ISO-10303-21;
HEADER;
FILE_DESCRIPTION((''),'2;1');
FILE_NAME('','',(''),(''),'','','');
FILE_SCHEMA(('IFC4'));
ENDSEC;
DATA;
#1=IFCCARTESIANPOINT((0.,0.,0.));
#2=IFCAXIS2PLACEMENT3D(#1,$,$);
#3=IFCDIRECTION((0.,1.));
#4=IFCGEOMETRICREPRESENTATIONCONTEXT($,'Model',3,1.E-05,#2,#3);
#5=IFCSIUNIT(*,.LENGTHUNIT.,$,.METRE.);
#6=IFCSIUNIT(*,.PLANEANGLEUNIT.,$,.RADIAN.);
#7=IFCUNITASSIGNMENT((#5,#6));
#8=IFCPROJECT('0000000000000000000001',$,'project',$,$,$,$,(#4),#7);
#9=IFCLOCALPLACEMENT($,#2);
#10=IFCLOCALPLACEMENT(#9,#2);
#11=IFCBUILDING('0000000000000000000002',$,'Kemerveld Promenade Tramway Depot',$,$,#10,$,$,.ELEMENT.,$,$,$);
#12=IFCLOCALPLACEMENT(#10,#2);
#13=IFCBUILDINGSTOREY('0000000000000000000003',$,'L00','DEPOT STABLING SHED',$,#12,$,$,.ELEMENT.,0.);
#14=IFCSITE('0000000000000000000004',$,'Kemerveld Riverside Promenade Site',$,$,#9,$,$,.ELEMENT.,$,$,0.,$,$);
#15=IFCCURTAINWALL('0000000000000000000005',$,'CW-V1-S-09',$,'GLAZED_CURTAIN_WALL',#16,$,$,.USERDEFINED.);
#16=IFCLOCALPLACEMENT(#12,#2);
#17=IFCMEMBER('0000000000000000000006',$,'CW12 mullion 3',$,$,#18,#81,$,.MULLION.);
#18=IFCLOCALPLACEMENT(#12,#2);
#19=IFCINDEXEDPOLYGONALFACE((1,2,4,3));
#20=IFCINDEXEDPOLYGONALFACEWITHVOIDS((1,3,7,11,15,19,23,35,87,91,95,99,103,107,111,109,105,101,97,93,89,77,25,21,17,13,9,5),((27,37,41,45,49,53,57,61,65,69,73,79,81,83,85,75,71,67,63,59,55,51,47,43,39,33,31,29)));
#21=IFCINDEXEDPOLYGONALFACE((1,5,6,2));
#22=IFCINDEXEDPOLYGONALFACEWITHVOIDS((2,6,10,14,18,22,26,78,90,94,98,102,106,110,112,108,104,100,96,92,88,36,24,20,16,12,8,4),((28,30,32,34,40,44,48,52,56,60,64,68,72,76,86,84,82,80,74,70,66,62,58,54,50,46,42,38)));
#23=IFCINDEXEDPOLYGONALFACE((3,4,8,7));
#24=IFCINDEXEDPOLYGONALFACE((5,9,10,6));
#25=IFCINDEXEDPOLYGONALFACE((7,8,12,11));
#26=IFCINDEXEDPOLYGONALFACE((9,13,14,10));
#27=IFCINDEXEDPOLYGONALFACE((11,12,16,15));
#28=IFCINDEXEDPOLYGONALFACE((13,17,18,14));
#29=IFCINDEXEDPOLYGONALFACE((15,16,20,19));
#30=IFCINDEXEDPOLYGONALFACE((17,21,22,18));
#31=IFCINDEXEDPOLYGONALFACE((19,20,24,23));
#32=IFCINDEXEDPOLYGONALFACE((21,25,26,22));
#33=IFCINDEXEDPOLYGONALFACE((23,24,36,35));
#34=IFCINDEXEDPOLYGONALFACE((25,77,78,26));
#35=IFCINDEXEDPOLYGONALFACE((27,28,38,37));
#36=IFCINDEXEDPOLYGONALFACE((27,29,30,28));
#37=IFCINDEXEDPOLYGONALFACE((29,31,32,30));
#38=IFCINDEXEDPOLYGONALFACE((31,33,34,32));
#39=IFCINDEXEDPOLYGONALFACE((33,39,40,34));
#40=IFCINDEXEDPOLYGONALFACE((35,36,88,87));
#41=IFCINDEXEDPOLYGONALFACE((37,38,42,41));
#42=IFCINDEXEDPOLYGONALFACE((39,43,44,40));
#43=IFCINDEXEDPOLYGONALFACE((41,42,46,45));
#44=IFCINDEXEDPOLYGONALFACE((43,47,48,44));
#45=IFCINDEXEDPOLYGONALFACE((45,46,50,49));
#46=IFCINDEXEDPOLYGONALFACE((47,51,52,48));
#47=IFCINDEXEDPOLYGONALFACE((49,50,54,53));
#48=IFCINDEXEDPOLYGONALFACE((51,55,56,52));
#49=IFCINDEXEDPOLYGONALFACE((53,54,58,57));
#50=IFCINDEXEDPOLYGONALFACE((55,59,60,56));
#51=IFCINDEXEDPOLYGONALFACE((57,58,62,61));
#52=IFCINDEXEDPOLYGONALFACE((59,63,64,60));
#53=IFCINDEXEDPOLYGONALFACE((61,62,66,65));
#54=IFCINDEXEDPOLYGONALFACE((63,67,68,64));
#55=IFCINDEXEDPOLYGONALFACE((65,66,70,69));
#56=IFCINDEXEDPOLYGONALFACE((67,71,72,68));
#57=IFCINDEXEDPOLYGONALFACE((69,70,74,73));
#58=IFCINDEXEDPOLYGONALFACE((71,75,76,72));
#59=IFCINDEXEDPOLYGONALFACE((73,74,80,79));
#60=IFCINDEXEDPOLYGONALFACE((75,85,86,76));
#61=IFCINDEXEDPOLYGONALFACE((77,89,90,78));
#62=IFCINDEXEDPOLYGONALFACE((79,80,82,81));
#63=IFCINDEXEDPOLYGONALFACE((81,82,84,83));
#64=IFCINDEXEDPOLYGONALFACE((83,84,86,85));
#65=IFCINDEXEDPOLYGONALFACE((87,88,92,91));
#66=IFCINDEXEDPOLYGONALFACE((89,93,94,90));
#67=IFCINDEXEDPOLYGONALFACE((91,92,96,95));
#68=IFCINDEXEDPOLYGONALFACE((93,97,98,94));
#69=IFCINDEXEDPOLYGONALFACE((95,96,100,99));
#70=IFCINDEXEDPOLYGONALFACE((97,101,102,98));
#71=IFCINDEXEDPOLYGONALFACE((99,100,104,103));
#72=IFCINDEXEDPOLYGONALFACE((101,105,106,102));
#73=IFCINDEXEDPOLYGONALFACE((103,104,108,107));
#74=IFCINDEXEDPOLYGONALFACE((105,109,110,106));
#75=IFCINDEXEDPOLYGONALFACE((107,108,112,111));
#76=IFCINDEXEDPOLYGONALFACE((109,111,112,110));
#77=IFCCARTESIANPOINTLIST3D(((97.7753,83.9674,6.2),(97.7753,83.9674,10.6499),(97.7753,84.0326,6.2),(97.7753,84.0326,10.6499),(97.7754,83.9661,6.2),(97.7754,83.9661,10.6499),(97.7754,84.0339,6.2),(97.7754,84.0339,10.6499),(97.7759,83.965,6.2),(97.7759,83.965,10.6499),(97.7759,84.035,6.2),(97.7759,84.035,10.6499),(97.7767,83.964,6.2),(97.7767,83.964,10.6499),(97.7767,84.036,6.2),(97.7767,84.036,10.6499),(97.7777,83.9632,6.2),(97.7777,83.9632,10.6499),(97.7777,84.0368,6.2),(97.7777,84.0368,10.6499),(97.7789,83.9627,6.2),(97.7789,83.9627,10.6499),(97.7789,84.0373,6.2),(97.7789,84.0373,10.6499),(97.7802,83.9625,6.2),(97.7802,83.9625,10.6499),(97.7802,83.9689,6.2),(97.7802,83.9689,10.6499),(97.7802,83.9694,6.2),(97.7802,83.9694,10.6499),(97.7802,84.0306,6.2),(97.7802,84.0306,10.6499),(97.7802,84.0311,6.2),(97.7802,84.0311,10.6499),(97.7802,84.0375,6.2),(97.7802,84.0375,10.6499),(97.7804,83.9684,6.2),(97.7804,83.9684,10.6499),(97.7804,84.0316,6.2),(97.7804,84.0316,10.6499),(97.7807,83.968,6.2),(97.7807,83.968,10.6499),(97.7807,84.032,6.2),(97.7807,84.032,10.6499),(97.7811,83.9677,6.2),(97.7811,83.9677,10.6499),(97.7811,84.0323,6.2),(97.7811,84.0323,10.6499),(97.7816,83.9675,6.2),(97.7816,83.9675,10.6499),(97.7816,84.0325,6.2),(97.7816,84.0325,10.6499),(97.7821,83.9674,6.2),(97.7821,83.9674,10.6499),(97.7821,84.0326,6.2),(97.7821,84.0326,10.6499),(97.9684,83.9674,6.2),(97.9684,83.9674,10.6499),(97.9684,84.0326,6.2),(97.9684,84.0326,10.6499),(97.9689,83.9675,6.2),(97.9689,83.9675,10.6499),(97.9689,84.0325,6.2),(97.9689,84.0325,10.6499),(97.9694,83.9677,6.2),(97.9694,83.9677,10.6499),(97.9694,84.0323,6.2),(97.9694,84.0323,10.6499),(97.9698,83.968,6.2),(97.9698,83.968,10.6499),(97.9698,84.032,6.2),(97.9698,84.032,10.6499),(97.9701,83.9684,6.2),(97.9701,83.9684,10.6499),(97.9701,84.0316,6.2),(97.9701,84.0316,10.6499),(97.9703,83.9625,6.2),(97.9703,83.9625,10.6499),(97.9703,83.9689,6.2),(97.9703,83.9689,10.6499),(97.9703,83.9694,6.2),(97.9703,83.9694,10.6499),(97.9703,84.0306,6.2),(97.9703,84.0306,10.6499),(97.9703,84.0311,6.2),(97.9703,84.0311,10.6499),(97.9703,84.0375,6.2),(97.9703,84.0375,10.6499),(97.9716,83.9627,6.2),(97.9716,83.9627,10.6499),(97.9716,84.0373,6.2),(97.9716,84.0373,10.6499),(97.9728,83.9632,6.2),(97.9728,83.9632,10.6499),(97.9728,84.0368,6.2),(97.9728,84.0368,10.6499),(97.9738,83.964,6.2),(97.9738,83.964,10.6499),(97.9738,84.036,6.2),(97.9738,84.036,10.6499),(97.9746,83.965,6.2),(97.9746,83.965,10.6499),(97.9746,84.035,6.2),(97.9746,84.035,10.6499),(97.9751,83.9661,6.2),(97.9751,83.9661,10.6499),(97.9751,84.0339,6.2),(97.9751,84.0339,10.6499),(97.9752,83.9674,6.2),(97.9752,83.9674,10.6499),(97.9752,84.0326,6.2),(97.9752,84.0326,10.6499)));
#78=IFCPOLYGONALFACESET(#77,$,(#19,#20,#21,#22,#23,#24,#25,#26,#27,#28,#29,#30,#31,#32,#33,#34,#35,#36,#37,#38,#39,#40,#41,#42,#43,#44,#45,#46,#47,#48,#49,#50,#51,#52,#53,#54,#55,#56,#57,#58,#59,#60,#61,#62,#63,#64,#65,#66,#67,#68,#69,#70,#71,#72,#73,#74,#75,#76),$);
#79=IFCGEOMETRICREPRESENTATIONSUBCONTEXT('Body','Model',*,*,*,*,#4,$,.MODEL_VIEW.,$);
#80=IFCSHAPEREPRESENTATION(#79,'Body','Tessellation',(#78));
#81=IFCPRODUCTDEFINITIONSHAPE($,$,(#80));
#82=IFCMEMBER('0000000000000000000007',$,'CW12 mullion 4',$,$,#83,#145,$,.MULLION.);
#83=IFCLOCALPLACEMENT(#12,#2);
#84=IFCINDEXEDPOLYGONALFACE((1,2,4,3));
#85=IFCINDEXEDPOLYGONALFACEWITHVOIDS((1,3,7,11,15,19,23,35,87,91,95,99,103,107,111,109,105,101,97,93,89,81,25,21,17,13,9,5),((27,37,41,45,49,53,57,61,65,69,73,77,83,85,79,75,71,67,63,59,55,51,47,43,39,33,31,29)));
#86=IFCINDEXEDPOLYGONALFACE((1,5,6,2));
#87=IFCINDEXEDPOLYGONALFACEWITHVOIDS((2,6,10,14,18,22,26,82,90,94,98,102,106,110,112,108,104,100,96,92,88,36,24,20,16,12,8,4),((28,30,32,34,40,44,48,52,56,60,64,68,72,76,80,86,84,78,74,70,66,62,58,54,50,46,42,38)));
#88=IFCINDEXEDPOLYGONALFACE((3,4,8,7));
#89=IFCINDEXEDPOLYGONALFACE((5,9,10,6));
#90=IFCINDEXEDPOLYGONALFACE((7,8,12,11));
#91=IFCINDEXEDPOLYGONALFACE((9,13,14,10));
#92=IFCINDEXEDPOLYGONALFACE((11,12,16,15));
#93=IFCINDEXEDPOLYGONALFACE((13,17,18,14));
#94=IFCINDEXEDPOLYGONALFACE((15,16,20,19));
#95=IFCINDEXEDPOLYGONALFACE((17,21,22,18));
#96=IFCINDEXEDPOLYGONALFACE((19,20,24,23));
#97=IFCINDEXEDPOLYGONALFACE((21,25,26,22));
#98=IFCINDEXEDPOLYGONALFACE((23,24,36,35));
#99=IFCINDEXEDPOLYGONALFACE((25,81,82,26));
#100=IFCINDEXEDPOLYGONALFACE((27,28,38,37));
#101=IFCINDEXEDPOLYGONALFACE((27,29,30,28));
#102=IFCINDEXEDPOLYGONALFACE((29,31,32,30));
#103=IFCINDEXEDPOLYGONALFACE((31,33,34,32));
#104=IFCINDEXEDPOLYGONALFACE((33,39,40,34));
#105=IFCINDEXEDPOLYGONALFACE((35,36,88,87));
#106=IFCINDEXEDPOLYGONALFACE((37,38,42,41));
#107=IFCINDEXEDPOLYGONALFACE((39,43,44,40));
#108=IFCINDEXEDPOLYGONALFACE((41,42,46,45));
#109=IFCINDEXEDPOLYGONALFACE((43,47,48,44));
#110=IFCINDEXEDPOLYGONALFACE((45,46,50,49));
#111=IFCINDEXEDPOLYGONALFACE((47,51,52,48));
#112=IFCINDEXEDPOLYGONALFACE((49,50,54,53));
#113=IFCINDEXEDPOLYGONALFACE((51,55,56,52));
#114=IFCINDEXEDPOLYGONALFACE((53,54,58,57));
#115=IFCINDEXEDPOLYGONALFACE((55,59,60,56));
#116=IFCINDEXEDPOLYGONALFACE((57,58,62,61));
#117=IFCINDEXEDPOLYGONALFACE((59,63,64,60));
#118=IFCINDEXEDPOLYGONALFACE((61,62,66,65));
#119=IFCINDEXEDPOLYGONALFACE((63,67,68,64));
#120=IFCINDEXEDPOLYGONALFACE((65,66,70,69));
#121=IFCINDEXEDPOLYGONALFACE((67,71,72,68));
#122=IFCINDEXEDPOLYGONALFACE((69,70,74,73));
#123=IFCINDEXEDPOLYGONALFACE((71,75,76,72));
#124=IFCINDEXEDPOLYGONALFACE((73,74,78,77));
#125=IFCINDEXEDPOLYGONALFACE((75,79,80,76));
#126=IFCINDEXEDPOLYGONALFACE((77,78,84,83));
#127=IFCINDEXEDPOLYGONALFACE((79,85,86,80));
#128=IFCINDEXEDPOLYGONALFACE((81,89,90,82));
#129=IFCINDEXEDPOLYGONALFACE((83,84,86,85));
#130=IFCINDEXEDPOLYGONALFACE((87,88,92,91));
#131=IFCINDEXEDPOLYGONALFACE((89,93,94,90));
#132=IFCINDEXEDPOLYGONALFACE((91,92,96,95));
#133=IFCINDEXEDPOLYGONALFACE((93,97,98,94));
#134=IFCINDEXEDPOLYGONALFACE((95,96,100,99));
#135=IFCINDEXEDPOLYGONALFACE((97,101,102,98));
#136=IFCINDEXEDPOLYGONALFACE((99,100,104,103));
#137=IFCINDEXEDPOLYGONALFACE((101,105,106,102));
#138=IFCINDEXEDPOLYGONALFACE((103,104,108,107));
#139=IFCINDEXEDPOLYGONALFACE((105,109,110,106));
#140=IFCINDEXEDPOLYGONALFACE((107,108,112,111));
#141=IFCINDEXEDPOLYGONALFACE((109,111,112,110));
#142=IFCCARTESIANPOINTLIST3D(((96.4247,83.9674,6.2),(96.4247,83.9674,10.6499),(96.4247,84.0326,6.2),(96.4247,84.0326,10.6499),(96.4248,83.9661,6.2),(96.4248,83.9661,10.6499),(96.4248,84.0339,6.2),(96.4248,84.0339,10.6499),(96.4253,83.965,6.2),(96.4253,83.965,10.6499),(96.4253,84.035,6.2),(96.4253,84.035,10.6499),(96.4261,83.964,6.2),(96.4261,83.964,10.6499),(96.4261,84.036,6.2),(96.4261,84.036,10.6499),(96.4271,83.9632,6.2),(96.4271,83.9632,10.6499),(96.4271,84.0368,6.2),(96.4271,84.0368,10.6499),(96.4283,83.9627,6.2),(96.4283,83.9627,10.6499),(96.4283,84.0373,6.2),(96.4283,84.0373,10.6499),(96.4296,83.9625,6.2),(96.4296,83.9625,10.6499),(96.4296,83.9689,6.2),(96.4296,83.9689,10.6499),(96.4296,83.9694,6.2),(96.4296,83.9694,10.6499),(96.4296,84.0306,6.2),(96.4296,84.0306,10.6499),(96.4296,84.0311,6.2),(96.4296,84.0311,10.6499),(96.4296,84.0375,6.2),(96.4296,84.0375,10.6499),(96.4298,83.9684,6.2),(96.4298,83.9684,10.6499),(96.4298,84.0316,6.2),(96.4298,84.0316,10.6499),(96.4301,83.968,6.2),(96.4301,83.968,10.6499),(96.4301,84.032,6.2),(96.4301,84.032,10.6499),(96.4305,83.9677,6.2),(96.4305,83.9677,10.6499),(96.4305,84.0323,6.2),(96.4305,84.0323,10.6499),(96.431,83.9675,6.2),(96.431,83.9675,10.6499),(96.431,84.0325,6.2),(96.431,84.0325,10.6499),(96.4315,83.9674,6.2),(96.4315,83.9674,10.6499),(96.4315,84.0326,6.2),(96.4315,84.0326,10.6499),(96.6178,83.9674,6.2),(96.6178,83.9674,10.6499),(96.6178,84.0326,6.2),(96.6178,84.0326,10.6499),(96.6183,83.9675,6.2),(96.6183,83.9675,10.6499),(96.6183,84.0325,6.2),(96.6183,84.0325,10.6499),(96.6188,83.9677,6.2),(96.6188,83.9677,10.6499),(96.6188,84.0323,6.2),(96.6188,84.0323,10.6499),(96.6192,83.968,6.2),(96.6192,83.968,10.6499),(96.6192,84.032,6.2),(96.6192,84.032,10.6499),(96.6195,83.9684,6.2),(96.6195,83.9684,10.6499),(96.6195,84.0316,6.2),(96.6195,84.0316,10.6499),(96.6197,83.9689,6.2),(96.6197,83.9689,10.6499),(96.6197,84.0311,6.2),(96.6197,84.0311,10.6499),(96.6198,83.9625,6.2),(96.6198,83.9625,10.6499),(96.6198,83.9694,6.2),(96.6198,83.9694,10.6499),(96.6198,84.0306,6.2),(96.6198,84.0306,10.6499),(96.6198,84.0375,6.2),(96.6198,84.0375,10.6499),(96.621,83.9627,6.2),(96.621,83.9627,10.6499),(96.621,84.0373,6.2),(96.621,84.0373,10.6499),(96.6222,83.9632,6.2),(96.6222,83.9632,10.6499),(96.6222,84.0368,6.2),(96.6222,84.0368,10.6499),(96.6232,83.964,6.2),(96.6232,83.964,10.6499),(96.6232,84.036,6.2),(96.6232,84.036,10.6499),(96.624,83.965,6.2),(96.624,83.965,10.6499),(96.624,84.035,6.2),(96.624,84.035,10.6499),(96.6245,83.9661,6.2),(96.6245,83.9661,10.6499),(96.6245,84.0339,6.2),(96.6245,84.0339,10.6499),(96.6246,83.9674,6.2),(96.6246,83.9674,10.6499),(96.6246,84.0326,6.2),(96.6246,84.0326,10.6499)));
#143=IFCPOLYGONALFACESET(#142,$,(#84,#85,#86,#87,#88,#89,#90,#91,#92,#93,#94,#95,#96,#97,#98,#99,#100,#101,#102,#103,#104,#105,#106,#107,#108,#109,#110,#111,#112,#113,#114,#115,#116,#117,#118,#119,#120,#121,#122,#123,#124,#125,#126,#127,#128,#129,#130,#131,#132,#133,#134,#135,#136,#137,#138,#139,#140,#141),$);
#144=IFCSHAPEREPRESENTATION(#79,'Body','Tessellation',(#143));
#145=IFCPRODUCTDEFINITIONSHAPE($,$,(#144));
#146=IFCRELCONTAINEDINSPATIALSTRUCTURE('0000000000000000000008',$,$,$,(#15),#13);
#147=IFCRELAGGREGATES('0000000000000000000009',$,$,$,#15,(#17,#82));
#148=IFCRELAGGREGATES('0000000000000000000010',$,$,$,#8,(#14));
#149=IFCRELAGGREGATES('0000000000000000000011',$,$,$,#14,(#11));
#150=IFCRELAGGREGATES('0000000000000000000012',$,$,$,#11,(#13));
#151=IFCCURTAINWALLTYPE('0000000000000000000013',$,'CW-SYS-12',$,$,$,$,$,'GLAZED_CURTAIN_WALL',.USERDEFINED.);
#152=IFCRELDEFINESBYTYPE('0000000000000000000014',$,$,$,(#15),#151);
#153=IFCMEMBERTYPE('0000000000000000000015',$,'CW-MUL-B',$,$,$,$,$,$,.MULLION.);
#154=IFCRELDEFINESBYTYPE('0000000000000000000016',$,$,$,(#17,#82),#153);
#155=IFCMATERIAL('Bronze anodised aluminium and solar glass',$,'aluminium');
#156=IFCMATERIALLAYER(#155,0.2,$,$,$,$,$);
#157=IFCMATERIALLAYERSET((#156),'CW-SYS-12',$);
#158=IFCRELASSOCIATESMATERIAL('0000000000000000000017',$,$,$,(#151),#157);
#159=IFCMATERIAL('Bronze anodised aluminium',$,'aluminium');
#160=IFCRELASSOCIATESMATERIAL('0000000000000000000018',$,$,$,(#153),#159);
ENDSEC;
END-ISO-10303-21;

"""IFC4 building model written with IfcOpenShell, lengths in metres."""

from ifc_helpers import new_model, si_unit, direction, frame, origin, origin_2d, place, context, subcontext, project, spatial, hollow_rectangle, extrude, material, layer, layer_set, material_profile, profile_set, type_object, element, aggregate, save


model = new_model("IFC4")

# Units and contexts
model_context = context("Model", 3, precision=1e-05, world=origin(), true_north=direction((0.0, 1.0)))
body_context = subcontext(model_context, "Body", "Model", "MODEL_VIEW")
ifc_project = project(units=[si_unit("LENGTHUNIT", "METRE"), si_unit("PLANEANGLEUNIT", "RADIAN")], contexts=[model_context])

# Site, building, storey
site_placement = place(None, origin())
site = spatial("IfcSite", under=ifc_project, at=site_placement, Name="Kemerveld Riverside Promenade Site", CompositionType="ELEMENT", RefElevation=0.0)
building_placement = place(site_placement, origin())
building = spatial("IfcBuilding", under=site, at=building_placement, Name="Kemerveld Promenade Tramway Depot", CompositionType="ELEMENT")
storey_placement = place(building_placement, origin())
storey = spatial("IfcBuildingStorey", under=building, at=storey_placement, Name="L00", Description="DEPOT STABLING SHED", CompositionType="ELEMENT", Elevation=0.0)

# Curtain wall, members
ifc_material_1 = material(Name="Bronze anodised aluminium and solar glass", Category="aluminium")
ifc_layer_1 = layer(ifc_material_1, 0.2)
ifc_layer_set_1 = layer_set([ifc_layer_1], Name="CW-SYS-12")
curtain_wall_type = type_object("IfcCurtainWallType", Name="CW-SYS-12", ElementType="GLAZED_CURTAIN_WALL", PredefinedType="USERDEFINED", material=ifc_layer_set_1)
curtain_wall_placement = place(storey_placement, origin())
curtain_wall = element("IfcCurtainWall", 1, at=curtain_wall_placement, inside=storey, type_object=curtain_wall_type, Name="CW-V1-S-09", ObjectType="GLAZED_CURTAIN_WALL", PredefinedType="USERDEFINED")
ifc_material_2 = material(Name="Bronze anodised aluminium", Category="aluminium")
ifc_material_profile_1 = material_profile(ifc_material_2, hollow_rectangle(XDim=0.075, YDim=0.2, WallThickness=0.0049, InnerFilletRadius=0.002, OuterFilletRadius=0.0049, at=origin_2d()), Name="CW-MUL-200x75")
ifc_profile_set_1 = profile_set([ifc_material_profile_1], Name="Bronze anodised aluminium")
member_type_1 = type_object("IfcMemberType", Name="CW-MUL-B", PredefinedType="MULLION", material=ifc_profile_set_1)
member_1_placement = place(storey_placement, frame((97.8752, 84.0, 6.2), z_axis=(0.0, 0.0, 1.0), x_axis=(0.0, -1.0, 0.0)))
member_1 = element("IfcMember", 2, at=member_1_placement, type_object=member_type_1, Name="CW12 mullion 3", PredefinedType="MULLION", context=body_context, shape_type="SweptSolid", body=[
    extrude(hollow_rectangle(XDim=0.075, YDim=0.2, WallThickness=0.0049, InnerFilletRadius=0.002, OuterFilletRadius=0.0049, at=origin_2d()), origin(), (0.0, 0.0, 1.0), 4.45),
])
member_2_placement = place(storey_placement, frame((96.5247, 84.0, 6.2), z_axis=(0.0, 0.0, 1.0), x_axis=(0.0, -1.0, 0.0)))
member_2 = element("IfcMember", 3, at=member_2_placement, type_object=member_type_1, Name="CW12 mullion 4", PredefinedType="MULLION", context=body_context, shape_type="SweptSolid", body=[
    extrude(hollow_rectangle(XDim=0.075, YDim=0.2, WallThickness=0.0049, InnerFilletRadius=0.002, OuterFilletRadius=0.0049, at=origin_2d()), origin(), (0.0, 0.0, 1.0), 4.45),
])
aggregate(curtain_wall, [member_1, member_2])

save(model, "model.ifc")
